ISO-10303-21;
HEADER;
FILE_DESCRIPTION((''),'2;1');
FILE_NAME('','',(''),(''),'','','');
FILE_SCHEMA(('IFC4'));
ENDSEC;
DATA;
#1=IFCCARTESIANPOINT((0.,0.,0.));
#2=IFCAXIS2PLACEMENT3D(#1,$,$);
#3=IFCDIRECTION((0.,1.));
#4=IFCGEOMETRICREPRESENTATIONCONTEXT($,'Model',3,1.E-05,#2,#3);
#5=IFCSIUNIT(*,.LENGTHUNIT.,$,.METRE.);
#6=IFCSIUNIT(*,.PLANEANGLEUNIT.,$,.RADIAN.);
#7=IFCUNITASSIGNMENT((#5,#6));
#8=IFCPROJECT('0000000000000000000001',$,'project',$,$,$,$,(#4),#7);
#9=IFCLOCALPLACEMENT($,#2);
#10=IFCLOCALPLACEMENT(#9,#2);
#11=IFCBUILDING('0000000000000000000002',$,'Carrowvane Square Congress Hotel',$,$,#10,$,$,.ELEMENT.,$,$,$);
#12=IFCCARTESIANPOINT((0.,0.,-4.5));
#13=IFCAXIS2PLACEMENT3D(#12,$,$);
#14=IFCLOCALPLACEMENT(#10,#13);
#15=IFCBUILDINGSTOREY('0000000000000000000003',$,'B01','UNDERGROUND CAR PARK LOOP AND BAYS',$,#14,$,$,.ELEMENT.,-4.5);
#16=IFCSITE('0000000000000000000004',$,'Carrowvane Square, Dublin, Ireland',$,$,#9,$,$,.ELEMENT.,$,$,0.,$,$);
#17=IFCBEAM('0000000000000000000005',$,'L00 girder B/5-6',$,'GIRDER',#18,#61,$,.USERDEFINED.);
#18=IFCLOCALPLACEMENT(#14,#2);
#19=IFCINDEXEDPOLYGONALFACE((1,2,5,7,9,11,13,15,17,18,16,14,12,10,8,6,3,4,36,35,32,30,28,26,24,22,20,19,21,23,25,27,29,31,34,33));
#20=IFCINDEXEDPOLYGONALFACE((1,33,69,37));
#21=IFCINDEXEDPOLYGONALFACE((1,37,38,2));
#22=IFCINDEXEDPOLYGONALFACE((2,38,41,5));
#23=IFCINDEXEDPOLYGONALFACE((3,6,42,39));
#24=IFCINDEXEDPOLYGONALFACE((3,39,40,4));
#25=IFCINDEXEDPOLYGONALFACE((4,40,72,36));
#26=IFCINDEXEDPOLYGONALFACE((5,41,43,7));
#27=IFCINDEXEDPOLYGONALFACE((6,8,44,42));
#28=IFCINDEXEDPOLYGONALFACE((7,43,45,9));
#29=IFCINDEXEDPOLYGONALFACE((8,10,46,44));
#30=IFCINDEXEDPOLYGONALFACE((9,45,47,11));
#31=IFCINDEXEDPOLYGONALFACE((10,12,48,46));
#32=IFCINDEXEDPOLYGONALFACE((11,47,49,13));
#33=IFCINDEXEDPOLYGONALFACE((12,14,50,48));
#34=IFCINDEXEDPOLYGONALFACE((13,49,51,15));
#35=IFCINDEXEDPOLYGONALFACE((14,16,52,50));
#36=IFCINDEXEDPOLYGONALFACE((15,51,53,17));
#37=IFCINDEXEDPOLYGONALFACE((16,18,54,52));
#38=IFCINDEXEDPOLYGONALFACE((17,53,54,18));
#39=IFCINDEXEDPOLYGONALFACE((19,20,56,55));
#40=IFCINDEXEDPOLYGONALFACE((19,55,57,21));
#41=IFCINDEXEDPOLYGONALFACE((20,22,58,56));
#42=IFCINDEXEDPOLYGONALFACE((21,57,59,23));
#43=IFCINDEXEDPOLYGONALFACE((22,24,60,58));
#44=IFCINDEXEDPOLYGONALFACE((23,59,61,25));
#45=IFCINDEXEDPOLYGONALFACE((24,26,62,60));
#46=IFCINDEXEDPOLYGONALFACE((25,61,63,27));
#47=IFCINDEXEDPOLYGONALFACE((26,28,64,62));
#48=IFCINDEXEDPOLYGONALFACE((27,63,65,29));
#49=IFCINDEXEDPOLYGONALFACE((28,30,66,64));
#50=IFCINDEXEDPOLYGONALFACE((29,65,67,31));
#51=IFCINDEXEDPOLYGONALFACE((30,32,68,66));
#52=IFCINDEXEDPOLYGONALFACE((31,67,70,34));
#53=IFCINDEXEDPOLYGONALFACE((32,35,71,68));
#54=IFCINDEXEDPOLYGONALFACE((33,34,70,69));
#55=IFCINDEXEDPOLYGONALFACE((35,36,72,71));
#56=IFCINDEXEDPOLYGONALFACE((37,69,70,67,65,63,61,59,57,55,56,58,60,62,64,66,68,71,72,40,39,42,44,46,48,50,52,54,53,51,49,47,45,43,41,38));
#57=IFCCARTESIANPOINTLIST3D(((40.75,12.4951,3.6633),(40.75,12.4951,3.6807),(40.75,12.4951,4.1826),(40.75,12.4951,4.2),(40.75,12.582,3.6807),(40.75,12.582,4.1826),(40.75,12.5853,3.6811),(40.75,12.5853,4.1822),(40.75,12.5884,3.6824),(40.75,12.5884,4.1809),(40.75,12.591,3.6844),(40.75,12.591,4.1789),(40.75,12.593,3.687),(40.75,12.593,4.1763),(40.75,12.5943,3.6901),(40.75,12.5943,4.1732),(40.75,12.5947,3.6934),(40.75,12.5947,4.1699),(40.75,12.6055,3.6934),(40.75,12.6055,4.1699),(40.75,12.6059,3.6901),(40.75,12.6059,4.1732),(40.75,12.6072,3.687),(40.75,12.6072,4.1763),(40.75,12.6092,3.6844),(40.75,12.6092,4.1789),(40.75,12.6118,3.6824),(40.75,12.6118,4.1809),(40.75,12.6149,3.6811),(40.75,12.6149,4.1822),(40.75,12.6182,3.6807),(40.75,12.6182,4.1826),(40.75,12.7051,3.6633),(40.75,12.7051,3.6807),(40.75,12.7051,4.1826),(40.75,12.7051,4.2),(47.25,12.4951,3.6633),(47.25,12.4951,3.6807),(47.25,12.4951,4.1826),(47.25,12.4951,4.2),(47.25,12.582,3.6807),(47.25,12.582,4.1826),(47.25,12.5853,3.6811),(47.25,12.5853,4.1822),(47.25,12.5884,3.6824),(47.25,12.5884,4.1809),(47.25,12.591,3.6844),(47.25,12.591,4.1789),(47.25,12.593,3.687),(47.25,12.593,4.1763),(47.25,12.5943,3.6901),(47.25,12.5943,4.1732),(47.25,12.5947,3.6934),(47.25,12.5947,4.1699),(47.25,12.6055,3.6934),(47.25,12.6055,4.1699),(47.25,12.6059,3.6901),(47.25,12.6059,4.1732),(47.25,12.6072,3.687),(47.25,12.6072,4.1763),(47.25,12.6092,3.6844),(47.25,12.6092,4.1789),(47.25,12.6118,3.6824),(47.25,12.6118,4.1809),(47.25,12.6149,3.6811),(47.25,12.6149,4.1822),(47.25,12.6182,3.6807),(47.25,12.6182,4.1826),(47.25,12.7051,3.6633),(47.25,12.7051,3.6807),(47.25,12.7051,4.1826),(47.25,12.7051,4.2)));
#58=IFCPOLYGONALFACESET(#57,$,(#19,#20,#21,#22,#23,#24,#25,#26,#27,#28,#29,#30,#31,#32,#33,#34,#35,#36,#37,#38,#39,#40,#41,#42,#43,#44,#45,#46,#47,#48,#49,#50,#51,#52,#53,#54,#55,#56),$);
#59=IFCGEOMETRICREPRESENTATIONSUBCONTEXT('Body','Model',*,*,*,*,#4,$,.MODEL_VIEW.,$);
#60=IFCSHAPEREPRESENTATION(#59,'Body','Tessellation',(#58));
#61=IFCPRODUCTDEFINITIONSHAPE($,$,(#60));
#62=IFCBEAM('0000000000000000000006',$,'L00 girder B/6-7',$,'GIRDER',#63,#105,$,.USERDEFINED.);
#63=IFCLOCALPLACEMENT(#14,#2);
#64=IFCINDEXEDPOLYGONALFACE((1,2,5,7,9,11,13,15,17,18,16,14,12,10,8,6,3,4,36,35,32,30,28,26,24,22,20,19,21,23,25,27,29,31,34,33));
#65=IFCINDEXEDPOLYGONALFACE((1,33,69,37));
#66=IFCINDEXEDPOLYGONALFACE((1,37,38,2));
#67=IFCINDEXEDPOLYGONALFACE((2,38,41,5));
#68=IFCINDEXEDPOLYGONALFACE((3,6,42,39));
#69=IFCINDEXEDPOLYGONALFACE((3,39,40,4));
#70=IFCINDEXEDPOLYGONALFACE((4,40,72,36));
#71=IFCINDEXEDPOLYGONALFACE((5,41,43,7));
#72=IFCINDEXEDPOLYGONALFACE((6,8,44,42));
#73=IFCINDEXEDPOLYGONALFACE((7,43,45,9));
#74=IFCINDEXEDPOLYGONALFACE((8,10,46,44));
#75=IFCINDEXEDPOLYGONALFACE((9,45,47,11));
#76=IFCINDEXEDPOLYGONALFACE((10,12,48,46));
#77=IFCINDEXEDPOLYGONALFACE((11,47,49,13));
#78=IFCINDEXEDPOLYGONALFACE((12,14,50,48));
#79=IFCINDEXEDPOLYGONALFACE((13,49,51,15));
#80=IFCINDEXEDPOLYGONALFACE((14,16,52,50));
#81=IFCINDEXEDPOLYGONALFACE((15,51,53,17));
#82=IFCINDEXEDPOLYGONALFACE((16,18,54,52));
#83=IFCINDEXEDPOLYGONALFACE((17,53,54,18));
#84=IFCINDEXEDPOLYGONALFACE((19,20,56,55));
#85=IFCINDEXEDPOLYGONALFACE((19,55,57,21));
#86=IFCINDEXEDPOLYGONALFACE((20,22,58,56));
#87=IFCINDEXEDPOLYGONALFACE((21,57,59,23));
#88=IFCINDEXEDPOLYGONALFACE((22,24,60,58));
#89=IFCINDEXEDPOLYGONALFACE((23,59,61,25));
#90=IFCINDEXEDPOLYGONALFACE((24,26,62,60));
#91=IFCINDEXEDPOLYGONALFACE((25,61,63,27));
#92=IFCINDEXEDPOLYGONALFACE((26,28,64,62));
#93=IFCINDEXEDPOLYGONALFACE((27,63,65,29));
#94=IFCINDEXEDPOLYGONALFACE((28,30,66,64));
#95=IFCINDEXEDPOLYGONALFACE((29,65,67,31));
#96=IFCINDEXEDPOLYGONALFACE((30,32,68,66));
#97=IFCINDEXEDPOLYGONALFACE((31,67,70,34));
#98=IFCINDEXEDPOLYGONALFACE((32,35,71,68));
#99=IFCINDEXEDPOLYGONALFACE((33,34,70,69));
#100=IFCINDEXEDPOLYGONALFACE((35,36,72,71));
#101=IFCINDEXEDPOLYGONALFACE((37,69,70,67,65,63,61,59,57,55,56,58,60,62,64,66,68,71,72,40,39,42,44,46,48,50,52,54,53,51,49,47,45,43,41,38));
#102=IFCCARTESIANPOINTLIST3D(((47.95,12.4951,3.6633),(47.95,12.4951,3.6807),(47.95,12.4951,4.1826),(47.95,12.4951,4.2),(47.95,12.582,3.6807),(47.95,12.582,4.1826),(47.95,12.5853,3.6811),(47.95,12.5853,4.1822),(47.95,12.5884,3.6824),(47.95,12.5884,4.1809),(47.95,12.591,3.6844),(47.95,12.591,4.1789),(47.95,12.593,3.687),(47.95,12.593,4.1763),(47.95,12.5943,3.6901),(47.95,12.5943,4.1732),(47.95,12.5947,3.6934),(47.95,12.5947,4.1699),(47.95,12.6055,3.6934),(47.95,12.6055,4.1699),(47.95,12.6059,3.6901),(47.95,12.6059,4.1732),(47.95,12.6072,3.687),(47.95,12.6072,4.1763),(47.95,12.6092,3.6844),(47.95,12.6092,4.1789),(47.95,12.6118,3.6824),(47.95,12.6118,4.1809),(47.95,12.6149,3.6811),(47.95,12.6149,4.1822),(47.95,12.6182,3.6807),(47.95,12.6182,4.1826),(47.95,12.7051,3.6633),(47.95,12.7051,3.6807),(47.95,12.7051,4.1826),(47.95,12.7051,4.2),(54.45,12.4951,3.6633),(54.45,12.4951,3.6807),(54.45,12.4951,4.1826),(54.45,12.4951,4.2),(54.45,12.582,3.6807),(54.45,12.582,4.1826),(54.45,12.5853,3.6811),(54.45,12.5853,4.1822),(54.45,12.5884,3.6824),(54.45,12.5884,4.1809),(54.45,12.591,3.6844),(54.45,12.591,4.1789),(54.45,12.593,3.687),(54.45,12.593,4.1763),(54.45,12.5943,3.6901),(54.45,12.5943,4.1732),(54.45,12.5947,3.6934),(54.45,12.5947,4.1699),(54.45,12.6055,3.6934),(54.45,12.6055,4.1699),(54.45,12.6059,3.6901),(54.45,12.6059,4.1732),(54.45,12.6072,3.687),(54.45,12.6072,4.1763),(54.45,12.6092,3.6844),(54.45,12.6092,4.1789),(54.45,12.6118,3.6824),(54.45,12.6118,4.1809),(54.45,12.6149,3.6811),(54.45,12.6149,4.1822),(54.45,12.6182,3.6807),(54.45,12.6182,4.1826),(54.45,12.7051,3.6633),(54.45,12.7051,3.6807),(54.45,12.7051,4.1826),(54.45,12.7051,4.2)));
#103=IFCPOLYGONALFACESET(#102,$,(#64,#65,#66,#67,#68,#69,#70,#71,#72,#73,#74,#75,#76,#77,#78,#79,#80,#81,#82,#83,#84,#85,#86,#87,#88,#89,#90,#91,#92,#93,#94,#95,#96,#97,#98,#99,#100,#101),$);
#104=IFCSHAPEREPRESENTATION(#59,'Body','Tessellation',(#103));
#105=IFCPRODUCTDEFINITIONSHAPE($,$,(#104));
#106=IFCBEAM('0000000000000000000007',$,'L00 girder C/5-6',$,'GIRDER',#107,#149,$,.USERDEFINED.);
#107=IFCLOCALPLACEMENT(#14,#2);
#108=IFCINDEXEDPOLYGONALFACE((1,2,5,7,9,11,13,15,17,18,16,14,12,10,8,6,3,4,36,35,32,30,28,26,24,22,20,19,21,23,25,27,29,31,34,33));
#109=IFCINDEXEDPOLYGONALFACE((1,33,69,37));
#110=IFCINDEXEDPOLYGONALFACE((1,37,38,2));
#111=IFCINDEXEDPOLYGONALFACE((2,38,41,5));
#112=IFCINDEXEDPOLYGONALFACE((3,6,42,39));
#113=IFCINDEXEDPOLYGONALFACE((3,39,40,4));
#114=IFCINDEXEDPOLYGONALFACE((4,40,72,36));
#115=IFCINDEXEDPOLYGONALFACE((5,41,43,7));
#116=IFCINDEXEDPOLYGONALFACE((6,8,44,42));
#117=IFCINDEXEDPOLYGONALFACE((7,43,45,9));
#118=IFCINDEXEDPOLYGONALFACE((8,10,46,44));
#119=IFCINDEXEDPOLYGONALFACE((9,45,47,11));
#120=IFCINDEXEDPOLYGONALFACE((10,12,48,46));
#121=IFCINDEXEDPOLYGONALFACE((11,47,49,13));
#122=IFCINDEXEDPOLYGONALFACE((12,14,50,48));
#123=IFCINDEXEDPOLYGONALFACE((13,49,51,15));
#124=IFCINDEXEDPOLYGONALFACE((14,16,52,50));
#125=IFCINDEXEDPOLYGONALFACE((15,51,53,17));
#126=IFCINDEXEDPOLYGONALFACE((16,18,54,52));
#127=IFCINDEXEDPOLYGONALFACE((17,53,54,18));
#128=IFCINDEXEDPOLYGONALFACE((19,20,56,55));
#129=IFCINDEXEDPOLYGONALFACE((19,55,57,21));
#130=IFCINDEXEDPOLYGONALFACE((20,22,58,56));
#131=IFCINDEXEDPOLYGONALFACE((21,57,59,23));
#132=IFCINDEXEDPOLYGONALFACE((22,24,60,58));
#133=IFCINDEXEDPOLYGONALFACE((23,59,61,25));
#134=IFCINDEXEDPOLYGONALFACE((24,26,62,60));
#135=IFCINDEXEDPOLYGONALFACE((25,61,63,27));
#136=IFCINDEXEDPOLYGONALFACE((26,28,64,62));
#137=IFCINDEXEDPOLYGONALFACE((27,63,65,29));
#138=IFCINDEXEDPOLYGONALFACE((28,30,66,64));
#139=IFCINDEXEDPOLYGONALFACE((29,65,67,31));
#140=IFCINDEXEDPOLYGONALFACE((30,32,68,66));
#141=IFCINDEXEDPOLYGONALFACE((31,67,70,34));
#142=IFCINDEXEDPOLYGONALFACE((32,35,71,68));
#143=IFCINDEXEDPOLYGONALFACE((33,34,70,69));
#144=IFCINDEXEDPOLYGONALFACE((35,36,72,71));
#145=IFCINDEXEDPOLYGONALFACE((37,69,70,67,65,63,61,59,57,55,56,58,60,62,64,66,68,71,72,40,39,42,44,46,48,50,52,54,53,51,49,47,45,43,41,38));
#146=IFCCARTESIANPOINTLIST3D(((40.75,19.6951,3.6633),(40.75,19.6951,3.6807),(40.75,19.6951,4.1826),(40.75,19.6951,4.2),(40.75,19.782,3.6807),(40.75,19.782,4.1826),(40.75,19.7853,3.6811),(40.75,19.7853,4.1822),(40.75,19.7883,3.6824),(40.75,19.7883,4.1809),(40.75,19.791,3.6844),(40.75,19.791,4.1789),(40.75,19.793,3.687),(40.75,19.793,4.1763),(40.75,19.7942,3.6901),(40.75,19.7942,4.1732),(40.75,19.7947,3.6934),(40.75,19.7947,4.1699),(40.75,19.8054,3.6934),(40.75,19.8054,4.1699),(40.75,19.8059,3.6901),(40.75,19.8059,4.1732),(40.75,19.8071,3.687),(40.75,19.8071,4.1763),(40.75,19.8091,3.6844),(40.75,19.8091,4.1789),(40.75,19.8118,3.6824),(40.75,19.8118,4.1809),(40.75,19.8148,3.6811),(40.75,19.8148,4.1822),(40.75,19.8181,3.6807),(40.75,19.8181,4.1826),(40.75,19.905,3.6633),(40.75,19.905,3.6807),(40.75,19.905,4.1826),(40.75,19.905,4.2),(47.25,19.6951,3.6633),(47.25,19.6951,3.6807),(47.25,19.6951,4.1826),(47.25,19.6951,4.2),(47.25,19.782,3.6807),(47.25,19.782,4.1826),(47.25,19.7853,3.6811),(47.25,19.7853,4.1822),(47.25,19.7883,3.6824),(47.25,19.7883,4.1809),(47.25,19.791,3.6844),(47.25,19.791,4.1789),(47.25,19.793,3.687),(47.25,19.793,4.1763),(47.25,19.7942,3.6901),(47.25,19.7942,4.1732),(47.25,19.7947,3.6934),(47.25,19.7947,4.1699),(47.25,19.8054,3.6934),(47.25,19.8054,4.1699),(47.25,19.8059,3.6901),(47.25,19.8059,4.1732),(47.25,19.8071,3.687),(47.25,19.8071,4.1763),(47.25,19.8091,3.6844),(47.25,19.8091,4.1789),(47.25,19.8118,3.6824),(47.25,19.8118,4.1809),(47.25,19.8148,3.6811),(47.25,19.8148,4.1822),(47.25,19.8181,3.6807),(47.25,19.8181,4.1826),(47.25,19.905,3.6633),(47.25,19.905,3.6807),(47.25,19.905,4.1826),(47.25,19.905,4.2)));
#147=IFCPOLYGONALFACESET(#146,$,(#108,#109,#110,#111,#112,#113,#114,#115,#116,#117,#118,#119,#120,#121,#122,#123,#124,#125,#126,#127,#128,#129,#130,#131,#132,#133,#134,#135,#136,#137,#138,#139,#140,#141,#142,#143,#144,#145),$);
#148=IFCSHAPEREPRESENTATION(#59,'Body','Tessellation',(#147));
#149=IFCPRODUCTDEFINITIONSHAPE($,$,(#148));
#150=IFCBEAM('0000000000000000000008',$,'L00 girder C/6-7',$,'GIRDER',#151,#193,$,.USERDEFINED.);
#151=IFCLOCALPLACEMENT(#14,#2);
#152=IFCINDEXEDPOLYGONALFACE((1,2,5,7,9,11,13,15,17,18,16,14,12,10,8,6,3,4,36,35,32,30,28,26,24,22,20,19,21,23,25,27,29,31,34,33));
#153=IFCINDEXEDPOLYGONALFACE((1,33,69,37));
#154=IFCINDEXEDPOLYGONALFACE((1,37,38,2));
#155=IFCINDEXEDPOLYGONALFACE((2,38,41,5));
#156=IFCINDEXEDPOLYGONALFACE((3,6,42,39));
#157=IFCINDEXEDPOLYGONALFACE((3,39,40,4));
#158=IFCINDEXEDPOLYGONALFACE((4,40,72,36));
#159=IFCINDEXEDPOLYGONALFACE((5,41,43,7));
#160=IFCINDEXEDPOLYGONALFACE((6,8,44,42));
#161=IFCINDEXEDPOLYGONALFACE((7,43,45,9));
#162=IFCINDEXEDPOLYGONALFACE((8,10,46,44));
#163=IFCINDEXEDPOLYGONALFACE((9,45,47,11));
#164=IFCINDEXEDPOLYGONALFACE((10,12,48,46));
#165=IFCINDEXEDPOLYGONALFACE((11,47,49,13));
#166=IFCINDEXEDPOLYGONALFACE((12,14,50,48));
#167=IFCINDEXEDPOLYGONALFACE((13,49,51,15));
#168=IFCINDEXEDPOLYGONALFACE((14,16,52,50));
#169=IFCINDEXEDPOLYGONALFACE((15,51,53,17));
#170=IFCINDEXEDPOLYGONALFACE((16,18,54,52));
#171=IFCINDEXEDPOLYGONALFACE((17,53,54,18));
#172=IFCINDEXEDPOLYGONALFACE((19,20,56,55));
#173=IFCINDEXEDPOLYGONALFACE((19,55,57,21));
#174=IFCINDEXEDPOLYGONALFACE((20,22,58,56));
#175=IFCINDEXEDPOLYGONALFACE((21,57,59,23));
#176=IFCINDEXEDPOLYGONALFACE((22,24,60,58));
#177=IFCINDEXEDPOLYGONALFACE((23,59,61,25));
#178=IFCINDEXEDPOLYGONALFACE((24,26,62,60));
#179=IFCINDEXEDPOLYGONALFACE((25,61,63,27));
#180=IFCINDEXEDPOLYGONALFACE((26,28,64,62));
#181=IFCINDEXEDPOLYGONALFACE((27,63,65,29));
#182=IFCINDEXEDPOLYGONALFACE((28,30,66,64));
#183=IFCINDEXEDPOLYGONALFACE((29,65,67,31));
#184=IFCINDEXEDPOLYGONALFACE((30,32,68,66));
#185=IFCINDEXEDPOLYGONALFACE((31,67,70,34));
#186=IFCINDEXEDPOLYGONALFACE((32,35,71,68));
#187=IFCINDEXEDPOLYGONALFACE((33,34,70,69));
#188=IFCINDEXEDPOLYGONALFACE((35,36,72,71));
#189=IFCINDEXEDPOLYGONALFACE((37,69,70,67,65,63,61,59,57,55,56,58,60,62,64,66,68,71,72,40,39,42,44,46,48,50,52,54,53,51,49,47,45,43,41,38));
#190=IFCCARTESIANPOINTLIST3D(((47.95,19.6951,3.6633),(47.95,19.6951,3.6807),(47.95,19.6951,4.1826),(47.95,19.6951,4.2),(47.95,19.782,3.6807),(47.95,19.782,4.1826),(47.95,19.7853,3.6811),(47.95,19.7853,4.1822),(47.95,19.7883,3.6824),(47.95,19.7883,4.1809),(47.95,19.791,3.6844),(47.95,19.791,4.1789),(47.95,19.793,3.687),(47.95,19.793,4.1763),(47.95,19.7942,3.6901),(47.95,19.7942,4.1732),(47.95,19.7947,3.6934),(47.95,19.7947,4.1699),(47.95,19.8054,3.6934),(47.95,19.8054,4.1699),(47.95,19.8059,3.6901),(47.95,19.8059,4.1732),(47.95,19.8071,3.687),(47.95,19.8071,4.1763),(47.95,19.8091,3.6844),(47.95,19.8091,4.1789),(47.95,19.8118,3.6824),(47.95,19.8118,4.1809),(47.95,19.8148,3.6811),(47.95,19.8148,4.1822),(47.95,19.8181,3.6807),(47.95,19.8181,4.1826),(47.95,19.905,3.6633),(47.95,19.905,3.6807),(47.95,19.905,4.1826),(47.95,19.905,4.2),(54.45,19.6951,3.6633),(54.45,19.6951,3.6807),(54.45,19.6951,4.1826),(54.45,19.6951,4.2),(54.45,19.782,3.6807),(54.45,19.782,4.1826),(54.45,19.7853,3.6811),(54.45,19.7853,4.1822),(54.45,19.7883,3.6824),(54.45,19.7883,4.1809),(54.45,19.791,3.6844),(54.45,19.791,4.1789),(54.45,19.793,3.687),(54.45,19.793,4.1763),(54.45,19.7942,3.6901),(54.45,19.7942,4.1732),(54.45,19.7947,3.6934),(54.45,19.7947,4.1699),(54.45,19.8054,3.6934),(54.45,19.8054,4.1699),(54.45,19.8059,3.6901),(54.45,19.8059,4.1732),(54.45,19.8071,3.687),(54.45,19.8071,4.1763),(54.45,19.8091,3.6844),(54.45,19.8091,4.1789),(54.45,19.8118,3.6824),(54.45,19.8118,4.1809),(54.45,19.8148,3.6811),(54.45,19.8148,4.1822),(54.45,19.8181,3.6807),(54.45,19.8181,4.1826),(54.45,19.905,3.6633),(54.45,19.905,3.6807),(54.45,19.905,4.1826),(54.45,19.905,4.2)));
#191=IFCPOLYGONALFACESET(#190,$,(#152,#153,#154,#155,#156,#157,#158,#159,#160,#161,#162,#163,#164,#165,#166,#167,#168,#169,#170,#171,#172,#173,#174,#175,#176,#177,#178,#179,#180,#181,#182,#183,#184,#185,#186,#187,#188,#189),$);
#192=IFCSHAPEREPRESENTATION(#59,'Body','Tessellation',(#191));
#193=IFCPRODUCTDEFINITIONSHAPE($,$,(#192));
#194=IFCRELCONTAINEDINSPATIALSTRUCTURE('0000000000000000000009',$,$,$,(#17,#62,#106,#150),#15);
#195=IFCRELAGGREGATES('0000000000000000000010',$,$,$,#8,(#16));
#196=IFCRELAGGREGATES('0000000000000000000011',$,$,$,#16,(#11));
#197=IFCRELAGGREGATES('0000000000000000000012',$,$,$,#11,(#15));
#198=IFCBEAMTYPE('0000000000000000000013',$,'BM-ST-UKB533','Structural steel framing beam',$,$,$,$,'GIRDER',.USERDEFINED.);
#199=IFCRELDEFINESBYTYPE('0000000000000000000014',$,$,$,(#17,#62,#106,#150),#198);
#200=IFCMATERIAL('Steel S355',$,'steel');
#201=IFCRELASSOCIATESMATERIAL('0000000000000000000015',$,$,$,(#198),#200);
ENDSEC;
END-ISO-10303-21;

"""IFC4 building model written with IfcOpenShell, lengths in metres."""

from ifc_helpers import new_model, si_unit, direction, frame, origin, origin_2d, place, context, subcontext, project, spatial, i_section, extrude, material, material_profile, profile_set, type_object, element, save


model = new_model("IFC4")

# Units and contexts
model_context = context("Model", 3, precision=1e-05, world=origin(), true_north=direction((0.0, 1.0)))
body_context = subcontext(model_context, "Body", "Model", "MODEL_VIEW")
ifc_project = project(units=[si_unit("LENGTHUNIT", "METRE"), si_unit("PLANEANGLEUNIT", "RADIAN")], contexts=[model_context])

# Site, building, storey
site_placement = place(None, origin())
site = spatial("IfcSite", under=ifc_project, at=site_placement, Name="Carrowvane Square, Dublin, Ireland", CompositionType="ELEMENT", RefElevation=0.0)
building_placement = place(site_placement, origin())
building = spatial("IfcBuilding", under=site, at=building_placement, Name="Carrowvane Square Congress Hotel", CompositionType="ELEMENT")
storey_placement = place(building_placement, frame((0.0, 0.0, -4.5)))
storey = spatial("IfcBuildingStorey", under=building, at=storey_placement, Name="B01", Description="UNDERGROUND CAR PARK LOOP AND BAYS", CompositionType="ELEMENT", Elevation=-4.5)

# Beams
ifc_material_1 = material(Name="Steel S355", Category="steel")
ifc_material_profile_1 = material_profile(ifc_material_1, i_section(OverallWidth=0.21, OverallDepth=0.5366, WebThickness=0.0107, FlangeThickness=0.0173, FilletRadius=0.0127, at=origin_2d()), Name="UKB 533x210x101")
ifc_profile_set_1 = profile_set([ifc_material_profile_1], Name="Steel S355")
beam_type_1 = type_object("IfcBeamType", Name="BM-ST-UKB533", Description="Structural steel framing beam", ElementType="GIRDER", PredefinedType="USERDEFINED", material=ifc_profile_set_1)
for number, where, z_axis, x_axis, name in (
    (1, (40.75, 12.6001, 3.9316), (1.0, 0.0, 0.0), (0.0, 1.0, 0.0), "L00 girder B/5-6"),
    (2, (47.95, 12.6001, 3.9316), (1.0, 0.0, 0.0), (0.0, 1.0, 0.0), "L00 girder B/6-7"),
    (3, (40.75, 19.8, 3.9316), (1.0, 0.0, 0.0), (0.0, 1.0, 0.0), "L00 girder C/5-6"),
    (4, (47.95, 19.8, 3.9316), (1.0, 0.0, 0.0), (0.0, 1.0, 0.0), "L00 girder C/6-7"),
):
    element("IfcBeam", number, at=place(storey_placement, frame(where, z_axis=z_axis, x_axis=x_axis)), inside=storey, type_object=beam_type_1, Name=name, ObjectType="GIRDER", PredefinedType="USERDEFINED", context=body_context, shape_type="SweptSolid", body=[
        extrude(i_section(OverallWidth=0.21, OverallDepth=0.5366, WebThickness=0.0107, FlangeThickness=0.0173, FilletRadius=0.0127, at=origin_2d()), origin(), (0.0, 0.0, 1.0), 6.5),
    ])

save(model, "model.ifc")
